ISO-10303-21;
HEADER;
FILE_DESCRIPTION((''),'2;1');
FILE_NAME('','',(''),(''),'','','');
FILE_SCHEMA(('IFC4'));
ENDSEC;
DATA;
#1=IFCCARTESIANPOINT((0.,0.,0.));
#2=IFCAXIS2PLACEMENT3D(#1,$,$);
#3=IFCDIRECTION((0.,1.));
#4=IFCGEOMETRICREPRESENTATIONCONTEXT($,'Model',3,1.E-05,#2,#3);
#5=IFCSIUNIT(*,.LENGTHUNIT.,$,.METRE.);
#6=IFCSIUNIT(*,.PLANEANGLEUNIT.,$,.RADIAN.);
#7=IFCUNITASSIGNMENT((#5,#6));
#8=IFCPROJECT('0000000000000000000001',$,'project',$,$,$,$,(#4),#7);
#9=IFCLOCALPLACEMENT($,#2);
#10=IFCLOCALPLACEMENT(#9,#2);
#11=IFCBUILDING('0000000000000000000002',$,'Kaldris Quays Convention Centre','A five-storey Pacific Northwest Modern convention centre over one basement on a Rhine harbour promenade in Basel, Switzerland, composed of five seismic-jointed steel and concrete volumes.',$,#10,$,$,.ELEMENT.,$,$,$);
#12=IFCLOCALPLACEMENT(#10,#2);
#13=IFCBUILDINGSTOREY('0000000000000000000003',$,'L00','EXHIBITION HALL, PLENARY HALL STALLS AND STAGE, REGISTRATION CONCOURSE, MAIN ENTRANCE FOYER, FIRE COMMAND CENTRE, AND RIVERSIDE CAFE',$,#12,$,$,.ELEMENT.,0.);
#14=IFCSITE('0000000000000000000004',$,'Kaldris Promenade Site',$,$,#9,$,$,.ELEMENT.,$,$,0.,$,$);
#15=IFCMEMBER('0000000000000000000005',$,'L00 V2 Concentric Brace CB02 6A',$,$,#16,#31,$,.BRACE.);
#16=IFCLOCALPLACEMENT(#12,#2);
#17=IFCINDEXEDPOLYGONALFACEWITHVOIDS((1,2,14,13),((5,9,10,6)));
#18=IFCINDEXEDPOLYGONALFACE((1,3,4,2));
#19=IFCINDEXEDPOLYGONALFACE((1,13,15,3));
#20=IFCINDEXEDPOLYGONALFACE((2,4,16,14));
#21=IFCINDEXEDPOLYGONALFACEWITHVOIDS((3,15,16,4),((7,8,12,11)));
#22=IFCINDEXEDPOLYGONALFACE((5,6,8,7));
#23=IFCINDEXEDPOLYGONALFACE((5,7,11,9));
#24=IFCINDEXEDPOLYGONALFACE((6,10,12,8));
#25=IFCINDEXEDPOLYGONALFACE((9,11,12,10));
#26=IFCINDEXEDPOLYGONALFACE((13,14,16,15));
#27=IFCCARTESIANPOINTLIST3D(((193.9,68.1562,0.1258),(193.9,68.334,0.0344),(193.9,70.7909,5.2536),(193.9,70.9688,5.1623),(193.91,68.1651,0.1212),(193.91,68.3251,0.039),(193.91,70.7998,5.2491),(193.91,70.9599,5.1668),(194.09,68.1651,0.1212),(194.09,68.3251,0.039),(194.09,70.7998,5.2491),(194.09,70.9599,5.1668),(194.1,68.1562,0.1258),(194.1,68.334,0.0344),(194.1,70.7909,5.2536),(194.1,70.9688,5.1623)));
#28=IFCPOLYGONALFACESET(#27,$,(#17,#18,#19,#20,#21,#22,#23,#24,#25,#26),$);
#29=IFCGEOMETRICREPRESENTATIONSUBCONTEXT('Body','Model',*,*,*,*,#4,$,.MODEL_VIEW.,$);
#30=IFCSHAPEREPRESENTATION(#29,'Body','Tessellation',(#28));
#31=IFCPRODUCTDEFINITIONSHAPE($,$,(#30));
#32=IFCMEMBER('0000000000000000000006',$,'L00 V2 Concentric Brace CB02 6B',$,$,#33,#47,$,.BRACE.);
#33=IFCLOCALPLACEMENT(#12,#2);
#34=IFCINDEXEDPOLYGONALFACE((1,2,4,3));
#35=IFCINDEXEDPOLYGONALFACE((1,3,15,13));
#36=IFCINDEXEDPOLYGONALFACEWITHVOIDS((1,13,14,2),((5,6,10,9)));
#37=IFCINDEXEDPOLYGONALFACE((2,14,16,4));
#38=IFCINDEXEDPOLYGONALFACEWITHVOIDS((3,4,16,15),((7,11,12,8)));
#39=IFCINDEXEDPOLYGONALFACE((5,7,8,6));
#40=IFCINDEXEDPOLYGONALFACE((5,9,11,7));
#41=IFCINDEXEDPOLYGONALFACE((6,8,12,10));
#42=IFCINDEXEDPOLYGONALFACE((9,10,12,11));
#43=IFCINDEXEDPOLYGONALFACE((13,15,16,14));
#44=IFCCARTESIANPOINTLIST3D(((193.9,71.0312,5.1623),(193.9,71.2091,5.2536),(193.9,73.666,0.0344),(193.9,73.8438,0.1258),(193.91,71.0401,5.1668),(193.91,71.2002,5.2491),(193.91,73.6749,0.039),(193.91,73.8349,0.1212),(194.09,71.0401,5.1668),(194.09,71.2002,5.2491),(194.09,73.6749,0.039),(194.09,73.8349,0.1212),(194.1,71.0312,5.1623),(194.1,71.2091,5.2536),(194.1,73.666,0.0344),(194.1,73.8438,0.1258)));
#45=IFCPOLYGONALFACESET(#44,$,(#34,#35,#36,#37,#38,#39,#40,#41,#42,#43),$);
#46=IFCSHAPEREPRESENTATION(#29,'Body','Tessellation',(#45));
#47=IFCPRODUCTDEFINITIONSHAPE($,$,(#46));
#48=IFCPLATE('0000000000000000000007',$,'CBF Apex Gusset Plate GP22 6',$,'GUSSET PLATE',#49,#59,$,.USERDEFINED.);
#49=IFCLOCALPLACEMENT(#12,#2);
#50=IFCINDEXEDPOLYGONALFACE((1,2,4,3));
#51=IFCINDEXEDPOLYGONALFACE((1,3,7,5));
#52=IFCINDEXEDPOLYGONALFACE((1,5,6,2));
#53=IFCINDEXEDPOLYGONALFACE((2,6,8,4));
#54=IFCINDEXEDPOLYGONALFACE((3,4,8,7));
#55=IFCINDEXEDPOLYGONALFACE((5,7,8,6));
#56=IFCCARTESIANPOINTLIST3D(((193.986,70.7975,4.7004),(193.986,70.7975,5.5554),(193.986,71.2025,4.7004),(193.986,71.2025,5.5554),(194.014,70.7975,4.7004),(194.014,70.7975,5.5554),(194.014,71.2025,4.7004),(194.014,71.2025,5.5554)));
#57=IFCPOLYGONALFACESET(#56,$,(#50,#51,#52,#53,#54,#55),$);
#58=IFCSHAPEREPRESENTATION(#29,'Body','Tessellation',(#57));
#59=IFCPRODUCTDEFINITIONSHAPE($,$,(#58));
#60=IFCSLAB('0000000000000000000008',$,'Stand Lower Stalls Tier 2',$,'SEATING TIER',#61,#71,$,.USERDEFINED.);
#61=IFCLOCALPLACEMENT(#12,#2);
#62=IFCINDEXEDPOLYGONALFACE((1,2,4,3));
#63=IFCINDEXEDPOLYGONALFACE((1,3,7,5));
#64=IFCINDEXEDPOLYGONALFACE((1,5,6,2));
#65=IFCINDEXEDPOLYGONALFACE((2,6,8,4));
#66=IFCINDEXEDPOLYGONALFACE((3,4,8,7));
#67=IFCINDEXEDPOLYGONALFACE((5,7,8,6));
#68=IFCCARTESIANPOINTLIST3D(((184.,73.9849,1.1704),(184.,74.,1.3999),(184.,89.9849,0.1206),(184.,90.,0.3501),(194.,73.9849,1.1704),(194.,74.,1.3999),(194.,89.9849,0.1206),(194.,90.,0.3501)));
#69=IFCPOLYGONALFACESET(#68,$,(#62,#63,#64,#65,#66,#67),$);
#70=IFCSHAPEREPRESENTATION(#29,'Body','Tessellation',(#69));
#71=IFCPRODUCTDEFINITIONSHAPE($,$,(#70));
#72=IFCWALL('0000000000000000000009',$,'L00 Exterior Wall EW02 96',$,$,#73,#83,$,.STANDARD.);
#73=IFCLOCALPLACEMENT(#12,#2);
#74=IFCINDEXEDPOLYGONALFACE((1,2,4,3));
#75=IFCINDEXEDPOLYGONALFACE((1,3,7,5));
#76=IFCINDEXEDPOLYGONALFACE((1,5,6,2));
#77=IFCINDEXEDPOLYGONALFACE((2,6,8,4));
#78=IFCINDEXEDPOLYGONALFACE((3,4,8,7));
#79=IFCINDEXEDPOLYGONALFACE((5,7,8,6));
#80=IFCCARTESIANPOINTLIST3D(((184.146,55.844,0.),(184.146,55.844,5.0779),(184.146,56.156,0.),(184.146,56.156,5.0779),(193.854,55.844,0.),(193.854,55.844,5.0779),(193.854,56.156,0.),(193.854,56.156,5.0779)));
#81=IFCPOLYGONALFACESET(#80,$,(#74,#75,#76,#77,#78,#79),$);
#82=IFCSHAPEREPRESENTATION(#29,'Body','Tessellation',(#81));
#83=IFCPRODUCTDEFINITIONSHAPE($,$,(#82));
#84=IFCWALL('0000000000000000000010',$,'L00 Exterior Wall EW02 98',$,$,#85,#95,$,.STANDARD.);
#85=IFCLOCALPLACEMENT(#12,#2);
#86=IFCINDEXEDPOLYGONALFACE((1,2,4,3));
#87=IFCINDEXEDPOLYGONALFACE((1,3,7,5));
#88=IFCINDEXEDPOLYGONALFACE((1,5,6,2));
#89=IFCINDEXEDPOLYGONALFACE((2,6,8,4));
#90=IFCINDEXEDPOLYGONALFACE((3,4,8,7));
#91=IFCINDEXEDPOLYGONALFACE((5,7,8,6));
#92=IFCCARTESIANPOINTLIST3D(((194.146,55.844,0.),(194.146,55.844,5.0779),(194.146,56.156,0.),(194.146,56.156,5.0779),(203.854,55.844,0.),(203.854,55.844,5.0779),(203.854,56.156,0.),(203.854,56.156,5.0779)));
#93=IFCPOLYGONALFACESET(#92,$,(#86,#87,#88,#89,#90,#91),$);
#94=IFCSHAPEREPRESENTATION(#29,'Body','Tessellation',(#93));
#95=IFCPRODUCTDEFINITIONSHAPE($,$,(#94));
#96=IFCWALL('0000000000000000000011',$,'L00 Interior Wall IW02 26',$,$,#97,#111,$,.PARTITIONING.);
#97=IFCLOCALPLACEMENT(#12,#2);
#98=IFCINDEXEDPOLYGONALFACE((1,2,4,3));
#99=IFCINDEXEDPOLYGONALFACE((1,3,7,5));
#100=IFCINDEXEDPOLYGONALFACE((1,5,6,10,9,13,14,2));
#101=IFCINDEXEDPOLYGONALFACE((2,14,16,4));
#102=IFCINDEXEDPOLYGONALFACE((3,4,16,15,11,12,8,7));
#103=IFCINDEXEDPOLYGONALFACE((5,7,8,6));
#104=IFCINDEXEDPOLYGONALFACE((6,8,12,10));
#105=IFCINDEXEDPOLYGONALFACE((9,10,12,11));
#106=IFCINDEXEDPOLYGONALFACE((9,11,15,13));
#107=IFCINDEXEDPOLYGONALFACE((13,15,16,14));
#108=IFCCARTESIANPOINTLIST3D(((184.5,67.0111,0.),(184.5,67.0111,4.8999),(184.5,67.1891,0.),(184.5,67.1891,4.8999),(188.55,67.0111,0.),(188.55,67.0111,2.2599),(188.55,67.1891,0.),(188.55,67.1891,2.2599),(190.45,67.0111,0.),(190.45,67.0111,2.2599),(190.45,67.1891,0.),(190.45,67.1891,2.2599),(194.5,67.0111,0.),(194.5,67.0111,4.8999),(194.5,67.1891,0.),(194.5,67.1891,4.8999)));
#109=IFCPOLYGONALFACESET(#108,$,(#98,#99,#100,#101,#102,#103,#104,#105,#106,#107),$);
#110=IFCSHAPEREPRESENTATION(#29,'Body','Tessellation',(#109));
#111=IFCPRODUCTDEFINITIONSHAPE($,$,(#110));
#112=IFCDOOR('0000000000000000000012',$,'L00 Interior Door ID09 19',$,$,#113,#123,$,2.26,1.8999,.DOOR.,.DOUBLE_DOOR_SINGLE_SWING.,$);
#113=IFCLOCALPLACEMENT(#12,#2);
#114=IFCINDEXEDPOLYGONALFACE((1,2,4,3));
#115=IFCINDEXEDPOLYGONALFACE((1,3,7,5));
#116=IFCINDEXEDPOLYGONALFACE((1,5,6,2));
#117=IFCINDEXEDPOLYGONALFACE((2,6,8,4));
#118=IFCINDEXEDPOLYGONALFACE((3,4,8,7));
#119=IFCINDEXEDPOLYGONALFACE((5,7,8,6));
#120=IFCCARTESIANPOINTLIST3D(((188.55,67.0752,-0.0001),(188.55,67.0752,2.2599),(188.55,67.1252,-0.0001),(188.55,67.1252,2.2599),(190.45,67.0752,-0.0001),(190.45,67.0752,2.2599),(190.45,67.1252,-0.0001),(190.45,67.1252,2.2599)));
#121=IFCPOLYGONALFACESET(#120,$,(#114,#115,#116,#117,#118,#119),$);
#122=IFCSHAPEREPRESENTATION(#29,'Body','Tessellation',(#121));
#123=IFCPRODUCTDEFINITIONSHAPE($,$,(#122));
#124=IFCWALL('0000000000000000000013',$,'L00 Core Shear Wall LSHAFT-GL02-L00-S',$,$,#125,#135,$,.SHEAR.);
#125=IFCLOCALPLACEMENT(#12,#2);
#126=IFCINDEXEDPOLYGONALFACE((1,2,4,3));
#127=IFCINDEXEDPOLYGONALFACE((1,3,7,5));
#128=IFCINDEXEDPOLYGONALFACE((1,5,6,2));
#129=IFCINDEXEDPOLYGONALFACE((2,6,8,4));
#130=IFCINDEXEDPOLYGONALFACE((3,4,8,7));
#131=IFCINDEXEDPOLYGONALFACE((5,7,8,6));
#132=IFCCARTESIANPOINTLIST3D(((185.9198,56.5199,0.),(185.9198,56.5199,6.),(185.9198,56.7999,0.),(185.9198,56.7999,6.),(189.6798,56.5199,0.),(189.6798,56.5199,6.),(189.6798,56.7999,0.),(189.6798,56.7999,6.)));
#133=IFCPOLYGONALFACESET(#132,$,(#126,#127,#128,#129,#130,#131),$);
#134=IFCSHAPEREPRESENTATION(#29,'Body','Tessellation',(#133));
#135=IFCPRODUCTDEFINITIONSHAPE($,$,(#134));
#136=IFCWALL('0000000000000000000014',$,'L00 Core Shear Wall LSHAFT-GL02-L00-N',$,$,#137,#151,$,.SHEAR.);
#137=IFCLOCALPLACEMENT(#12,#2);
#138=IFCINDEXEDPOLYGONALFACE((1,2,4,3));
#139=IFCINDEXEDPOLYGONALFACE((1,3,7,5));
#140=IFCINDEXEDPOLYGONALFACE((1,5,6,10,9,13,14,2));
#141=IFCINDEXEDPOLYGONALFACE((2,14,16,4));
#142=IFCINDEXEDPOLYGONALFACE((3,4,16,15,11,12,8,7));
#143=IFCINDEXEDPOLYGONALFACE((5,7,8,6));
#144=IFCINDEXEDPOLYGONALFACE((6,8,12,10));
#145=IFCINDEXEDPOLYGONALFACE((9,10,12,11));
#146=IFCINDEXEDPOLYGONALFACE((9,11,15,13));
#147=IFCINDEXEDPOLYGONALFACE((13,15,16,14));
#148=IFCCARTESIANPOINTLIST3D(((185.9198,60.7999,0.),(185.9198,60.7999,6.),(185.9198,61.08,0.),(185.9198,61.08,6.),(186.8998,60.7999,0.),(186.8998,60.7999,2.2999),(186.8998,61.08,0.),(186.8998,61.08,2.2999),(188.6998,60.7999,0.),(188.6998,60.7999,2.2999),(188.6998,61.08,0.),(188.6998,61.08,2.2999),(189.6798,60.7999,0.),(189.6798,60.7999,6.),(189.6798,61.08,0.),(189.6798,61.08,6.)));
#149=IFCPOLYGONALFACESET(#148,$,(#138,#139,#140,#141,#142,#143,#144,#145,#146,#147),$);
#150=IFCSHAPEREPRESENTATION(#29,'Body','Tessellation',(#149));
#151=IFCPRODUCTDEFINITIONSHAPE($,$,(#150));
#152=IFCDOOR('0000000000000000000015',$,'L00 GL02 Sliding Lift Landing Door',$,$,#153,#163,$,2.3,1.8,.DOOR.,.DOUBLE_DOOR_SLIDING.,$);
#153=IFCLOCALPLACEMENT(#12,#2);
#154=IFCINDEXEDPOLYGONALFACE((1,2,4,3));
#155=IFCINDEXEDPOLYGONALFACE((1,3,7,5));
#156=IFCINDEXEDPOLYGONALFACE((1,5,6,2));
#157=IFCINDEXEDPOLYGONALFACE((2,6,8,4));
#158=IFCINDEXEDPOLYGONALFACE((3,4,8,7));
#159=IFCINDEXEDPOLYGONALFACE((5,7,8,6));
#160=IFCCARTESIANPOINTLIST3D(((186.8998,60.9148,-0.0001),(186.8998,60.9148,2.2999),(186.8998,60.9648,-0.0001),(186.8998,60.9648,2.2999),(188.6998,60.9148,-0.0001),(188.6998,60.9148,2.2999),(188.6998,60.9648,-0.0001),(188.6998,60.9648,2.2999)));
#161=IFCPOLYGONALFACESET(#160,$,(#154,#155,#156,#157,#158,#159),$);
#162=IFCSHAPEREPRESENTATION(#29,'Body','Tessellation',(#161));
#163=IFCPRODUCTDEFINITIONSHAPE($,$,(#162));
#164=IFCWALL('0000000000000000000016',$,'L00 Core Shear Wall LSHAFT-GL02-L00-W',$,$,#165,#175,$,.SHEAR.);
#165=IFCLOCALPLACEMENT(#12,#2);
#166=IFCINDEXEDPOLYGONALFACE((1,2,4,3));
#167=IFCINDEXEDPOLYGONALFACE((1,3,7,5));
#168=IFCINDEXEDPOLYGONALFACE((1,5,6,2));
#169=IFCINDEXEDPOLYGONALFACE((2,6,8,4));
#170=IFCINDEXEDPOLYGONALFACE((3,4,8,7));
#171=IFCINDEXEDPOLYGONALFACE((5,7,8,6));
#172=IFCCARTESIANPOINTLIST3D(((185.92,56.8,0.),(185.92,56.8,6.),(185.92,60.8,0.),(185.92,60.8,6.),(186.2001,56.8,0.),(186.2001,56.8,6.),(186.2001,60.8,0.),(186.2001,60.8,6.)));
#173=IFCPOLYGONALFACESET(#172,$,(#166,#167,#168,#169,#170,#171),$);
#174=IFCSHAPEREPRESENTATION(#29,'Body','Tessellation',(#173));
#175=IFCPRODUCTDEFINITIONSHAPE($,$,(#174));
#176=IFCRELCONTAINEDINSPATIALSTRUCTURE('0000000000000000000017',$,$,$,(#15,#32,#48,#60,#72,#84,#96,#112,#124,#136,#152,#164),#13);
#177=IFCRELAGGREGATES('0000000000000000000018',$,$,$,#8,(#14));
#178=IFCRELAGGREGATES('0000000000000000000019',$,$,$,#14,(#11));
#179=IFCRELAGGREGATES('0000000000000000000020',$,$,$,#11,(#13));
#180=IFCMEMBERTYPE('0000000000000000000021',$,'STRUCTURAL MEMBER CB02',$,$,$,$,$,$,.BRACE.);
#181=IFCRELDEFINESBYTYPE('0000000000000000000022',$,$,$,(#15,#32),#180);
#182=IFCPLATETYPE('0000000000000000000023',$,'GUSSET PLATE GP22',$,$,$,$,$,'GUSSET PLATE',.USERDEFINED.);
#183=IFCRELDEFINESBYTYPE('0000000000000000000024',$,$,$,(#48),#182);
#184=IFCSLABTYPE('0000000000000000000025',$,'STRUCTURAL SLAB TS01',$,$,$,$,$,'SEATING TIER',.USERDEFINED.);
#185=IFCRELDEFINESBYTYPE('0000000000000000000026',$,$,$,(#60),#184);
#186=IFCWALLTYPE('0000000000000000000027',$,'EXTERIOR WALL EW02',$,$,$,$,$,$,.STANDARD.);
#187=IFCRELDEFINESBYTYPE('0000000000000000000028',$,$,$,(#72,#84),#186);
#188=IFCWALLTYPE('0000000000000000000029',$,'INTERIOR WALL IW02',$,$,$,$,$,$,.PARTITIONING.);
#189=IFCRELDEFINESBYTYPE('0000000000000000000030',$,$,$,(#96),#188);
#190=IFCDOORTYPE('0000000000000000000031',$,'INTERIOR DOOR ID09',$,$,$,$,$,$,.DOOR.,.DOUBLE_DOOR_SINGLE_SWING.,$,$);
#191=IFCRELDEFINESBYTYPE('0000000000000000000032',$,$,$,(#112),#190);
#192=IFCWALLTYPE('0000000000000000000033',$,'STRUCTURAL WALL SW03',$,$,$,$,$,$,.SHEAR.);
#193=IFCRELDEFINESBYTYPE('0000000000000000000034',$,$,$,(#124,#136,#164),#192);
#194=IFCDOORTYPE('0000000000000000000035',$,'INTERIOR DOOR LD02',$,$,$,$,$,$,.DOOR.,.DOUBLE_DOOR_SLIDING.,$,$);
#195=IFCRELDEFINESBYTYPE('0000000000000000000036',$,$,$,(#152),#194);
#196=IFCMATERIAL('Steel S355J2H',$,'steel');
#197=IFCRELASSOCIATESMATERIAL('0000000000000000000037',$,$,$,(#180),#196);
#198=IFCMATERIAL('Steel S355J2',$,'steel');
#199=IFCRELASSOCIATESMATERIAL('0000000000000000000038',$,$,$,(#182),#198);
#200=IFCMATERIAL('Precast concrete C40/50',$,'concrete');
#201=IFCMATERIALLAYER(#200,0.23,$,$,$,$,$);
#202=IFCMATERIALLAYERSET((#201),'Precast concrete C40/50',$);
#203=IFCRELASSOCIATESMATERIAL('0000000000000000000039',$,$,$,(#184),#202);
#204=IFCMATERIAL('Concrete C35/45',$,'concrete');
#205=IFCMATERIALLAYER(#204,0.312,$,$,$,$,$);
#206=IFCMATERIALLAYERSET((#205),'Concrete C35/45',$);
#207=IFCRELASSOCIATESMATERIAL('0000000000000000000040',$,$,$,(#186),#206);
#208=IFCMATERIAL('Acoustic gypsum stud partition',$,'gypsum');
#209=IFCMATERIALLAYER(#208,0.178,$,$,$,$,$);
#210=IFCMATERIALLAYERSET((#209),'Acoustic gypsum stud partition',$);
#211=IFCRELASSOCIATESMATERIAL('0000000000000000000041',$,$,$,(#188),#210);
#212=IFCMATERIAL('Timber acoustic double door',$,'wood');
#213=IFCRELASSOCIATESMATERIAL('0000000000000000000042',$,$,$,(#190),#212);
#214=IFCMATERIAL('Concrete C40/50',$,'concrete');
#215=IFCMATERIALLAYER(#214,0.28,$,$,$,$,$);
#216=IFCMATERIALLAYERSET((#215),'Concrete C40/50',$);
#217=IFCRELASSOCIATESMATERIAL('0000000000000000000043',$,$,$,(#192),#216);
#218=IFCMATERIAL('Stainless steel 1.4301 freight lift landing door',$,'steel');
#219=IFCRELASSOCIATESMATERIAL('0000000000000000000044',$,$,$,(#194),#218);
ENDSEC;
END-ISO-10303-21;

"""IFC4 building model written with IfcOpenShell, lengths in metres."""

from ifc_helpers import new_model, si_unit, direction, frame, frame_2d, origin, origin_2d, place, context, subcontext, project, spatial, polyline, rectangle, hollow_rectangle, outline, extrude, material, layer, layer_set, material_profile, profile_set, type_object, element, fill, save


model = new_model("IFC4")

# Units and contexts
model_context = context("Model", 3, precision=1e-05, world=origin(), true_north=direction((0.0, 1.0)))
body_context = subcontext(model_context, "Body", "Model", "MODEL_VIEW")
ifc_project = project(units=[si_unit("LENGTHUNIT", "METRE"), si_unit("PLANEANGLEUNIT", "RADIAN")], contexts=[model_context])

# Site, building, storey
site_placement = place(None, origin())
site = spatial("IfcSite", under=ifc_project, at=site_placement, Name="Kaldris Promenade Site", CompositionType="ELEMENT", RefElevation=0.0)
building_placement = place(site_placement, origin())
building = spatial("IfcBuilding", under=site, at=building_placement, Name="Kaldris Quays Convention Centre", Description="A five-storey Pacific Northwest Modern convention centre over one basement on a Rhine harbour promenade in Basel, Switzerland, composed of five seismic-jointed steel and concrete volumes.", CompositionType="ELEMENT")
storey_placement = place(building_placement, origin())
storey = spatial("IfcBuildingStorey", under=building, at=storey_placement, Name="L00", Description="EXHIBITION HALL, PLENARY HALL STALLS AND STAGE, REGISTRATION CONCOURSE, MAIN ENTRANCE FOYER, FIRE COMMAND CENTRE, AND RIVERSIDE CAFE", CompositionType="ELEMENT", Elevation=0.0)

# Shared definitions
ifc_material_1 = material(Name="Steel S355J2", Category="steel")

# Members
ifc_material_2 = material(Name="Steel S355J2H", Category="steel")
ifc_material_profile_1 = material_profile(ifc_material_2, hollow_rectangle(XDim=0.2, YDim=0.2, WallThickness=0.01, at=origin_2d()), Name="SHS 200x200x10")
ifc_profile_set_1 = profile_set([ifc_material_profile_1], Name="Steel S355J2H")
member_type = type_object("IfcMemberType", Name="STRUCTURAL MEMBER CB02", PredefinedType="BRACE", material=ifc_profile_set_1)
for number, where, z_axis, x_axis, name in (
    (1, (194.0, 68.2451, 0.0801), (0.0, 0.457011, 0.889461), (-1.0, 0.0, 0.0), "L00 V2 Concentric Brace CB02 6A"),
    (2, (194.0, 73.7549, 0.0801), (0.0, -0.457011, 0.889461), (1.0, 0.0, 0.0), "L00 V2 Concentric Brace CB02 6B"),
):
    element("IfcMember", number, at=place(storey_placement, frame(where, z_axis=z_axis, x_axis=x_axis)), inside=storey, type_object=member_type, Name=name, PredefinedType="BRACE", context=body_context, shape_type="SweptSolid", body=[
        extrude(hollow_rectangle(XDim=0.2, YDim=0.2, WallThickness=0.01, at=origin_2d()), origin(), (0.0, 0.0, 1.0), 5.7651),
    ])

# Plate
plate_type = type_object("IfcPlateType", Name="GUSSET PLATE GP22", ElementType="GUSSET PLATE", PredefinedType="USERDEFINED", material=ifc_material_1)
plate_placement = place(storey_placement, frame((194.0, 71.0, 4.7004), z_axis=(0.0, 0.0, 1.0), x_axis=(1.0, 0.0, 0.0)))
element("IfcPlate", 3, at=plate_placement, inside=storey, type_object=plate_type, Name="CBF Apex Gusset Plate GP22 6", ObjectType="GUSSET PLATE", PredefinedType="USERDEFINED", context=body_context, shape_type="SweptSolid", body=[
    extrude(rectangle(XDim=0.0281, YDim=0.405, at=origin_2d()), origin(), (0.0, 0.0, 1.0), 0.855),
])

# Slab
ifc_material_3 = material(Name="Precast concrete C40/50", Category="concrete")
ifc_layer_1 = layer(ifc_material_3, 0.23)
ifc_layer_set_1 = layer_set([ifc_layer_1], Name="Precast concrete C40/50")
slab_type = type_object("IfcSlabType", Name="STRUCTURAL SLAB TS01", ElementType="SEATING TIER", PredefinedType="USERDEFINED", material=ifc_layer_set_1)
slab_placement = place(storey_placement, frame((184.0, 74.0, 1.3999), z_axis=(0.0, 0.065472, 0.997854), x_axis=(1.0, 0.0, 0.0)))
element("IfcSlab", 4, at=slab_placement, inside=storey, type_object=slab_type, Name="Stand Lower Stalls Tier 2", ObjectType="SEATING TIER", PredefinedType="USERDEFINED", context=body_context, shape_type="SweptSolid", body=[
    extrude(outline(polyline([(0.0, 0.0), (10.0, 0.0), (10.0, 16.0344), (0.0, 16.0344), (0.0, 0.0)])), origin(), (0.0, 0.0, -1.0), 0.23),
])

# Walls
ifc_material_4 = material(Name="Concrete C35/45", Category="concrete")
ifc_layer_2 = layer(ifc_material_4, 0.312)
ifc_layer_set_2 = layer_set([ifc_layer_2], Name="Concrete C35/45")
wall_type_1 = type_object("IfcWallType", Name="EXTERIOR WALL EW02", PredefinedType="STANDARD", material=ifc_layer_set_2)
for number, where, z_axis, x_axis, name in (
    (5, (184.146, 56.0, 0.0), (0.0, 0.0, 1.0), (1.0, 0.0, 0.0), "L00 Exterior Wall EW02 96"),
    (6, (194.146, 56.0, 0.0), (0.0, 0.0, 1.0), (1.0, 0.0, 0.0), "L00 Exterior Wall EW02 98"),
):
    element("IfcWall", number, at=place(storey_placement, frame(where, z_axis=z_axis, x_axis=x_axis)), inside=storey, type_object=wall_type_1, Name=name, PredefinedType="STANDARD", context=body_context, shape_type="SweptSolid", body=[
        extrude(rectangle(XDim=9.708, YDim=0.312, at=frame_2d((4.854, 0.0))), origin(), (0.0, 0.0, 1.0), 5.0779),
    ])

# Wall, opening, door
ifc_material_5 = material(Name="Acoustic gypsum stud partition", Category="gypsum")
ifc_layer_3 = layer(ifc_material_5, 0.178)
ifc_layer_set_3 = layer_set([ifc_layer_3], Name="Acoustic gypsum stud partition")
wall_type_2 = type_object("IfcWallType", Name="INTERIOR WALL IW02", PredefinedType="PARTITIONING", material=ifc_layer_set_3)
wall_1_placement = place(storey_placement, frame((184.5, 67.1001, 0.0), z_axis=(0.0, 0.0, 1.0), x_axis=(1.0, 0.0, 0.0)))
wall_1 = element("IfcWall", 7, at=wall_1_placement, inside=storey, type_object=wall_type_2, Name="L00 Interior Wall IW02 26", PredefinedType="PARTITIONING", context=body_context, shape_type="SweptSolid", body=[
    extrude(rectangle(XDim=10.0, YDim=0.178, at=frame_2d((5.0, 0.0))), origin(), (0.0, 0.0, 1.0), 4.8999),
])
opening_1_placement = place(wall_1_placement, frame((4.05, 0.0, 0.0)))
opening_1 = element("IfcOpeningElement", 8, at=opening_1_placement, cuts=wall_1, PredefinedType="OPENING", context=body_context, shape_type="SweptSolid", body=[
    extrude(rectangle(XDim=1.8999, YDim=2.26, at=frame_2d((0.95, 1.1299))), frame((0.0, 0.0991, 0.0), z_axis=(0.0, -1.0, 0.0), x_axis=(1.0, 0.0, 0.0)), (0.0, 0.0, 1.0), 0.198),
])
ifc_material_6 = material(Name="Timber acoustic double door", Category="wood")
door_type_1 = type_object("IfcDoorType", Name="INTERIOR DOOR ID09", OperationType="DOUBLE_DOOR_SINGLE_SWING", PredefinedType="DOOR", material=ifc_material_6)
door_1_placement = place(opening_1_placement, frame((1.8999, 0.0, 0.0), z_axis=(0.0, 0.0, 1.0), x_axis=(-1.0, 0.0, 0.0)))
door_1 = element("IfcDoor", 9, at=door_1_placement, inside=storey, type_object=door_type_1, Name="L00 Interior Door ID09 19", OperationType="DOUBLE_DOOR_SINGLE_SWING", OverallHeight=2.26, OverallWidth=1.8999, PredefinedType="DOOR", context=body_context, shape_type="SweptSolid", body=[
    extrude(rectangle(XDim=1.8999, YDim=2.26, at=frame_2d((0.95, 1.1299))), frame((0.0, 0.0249, 0.0), z_axis=(0.0, -1.0, 0.0), x_axis=(1.0, 0.0, 0.0)), (0.0, 0.0, 1.0), 0.05),
])
fill(opening_1, door_1)

# Wall
ifc_material_7 = material(Name="Concrete C40/50", Category="concrete")
ifc_layer_4 = layer(ifc_material_7, 0.28)
ifc_layer_set_4 = layer_set([ifc_layer_4], Name="Concrete C40/50")
wall_type_3 = type_object("IfcWallType", Name="STRUCTURAL WALL SW03", PredefinedType="SHEAR", material=ifc_layer_set_4)
wall_2_placement = place(storey_placement, frame((185.9199, 56.6599, 0.0), z_axis=(0.0, 0.0, 1.0), x_axis=(1.0, 0.0, 0.0)))
element("IfcWall", 10, at=wall_2_placement, inside=storey, type_object=wall_type_3, Name="L00 Core Shear Wall LSHAFT-GL02-L00-S", PredefinedType="SHEAR", context=body_context, shape_type="SweptSolid", body=[
    extrude(rectangle(XDim=3.76, YDim=0.28, at=frame_2d((1.8799, 0.0))), origin(), (0.0, 0.0, 1.0), 6.0),
])

# Wall, opening, door
wall_3_placement = place(storey_placement, frame((185.9199, 60.9399, 0.0), z_axis=(0.0, 0.0, 1.0), x_axis=(1.0, 0.0, 0.0)))
wall_3 = element("IfcWall", 11, at=wall_3_placement, inside=storey, type_object=wall_type_3, Name="L00 Core Shear Wall LSHAFT-GL02-L00-N", PredefinedType="SHEAR", context=body_context, shape_type="SweptSolid", body=[
    extrude(rectangle(XDim=3.76, YDim=0.28, at=frame_2d((1.8799, 0.0))), origin(), (0.0, 0.0, 1.0), 6.0),
])
opening_2_placement = place(wall_3_placement, frame((0.98, 0.0, 0.0)))
opening_2 = element("IfcOpeningElement", 12, at=opening_2_placement, cuts=wall_3, PredefinedType="OPENING", context=body_context, shape_type="SweptSolid", body=[
    extrude(rectangle(XDim=1.8, YDim=2.3, at=frame_2d((0.8999, 1.1499))), frame((0.0, 0.1499, 0.0), z_axis=(0.0, -1.0, 0.0), x_axis=(1.0, 0.0, 0.0)), (0.0, 0.0, 1.0), 0.3),
])
ifc_material_8 = material(Name="Stainless steel 1.4301 freight lift landing door", Category="steel")
door_type_2 = type_object("IfcDoorType", Name="INTERIOR DOOR LD02", OperationType="DOUBLE_DOOR_SLIDING", PredefinedType="DOOR", material=ifc_material_8)
door_2_placement = place(opening_2_placement, origin())
door_2 = element("IfcDoor", 13, at=door_2_placement, inside=storey, type_object=door_type_2, Name="L00 GL02 Sliding Lift Landing Door", OperationType="DOUBLE_DOOR_SLIDING", OverallHeight=2.3, OverallWidth=1.8, PredefinedType="DOOR", context=body_context, shape_type="SweptSolid", body=[
    extrude(rectangle(XDim=1.8, YDim=2.3, at=frame_2d((0.8999, 1.1499))), frame((0.0, 0.0249, 0.0), z_axis=(0.0, -1.0, 0.0), x_axis=(1.0, 0.0, 0.0)), (0.0, 0.0, 1.0), 0.05),
])
fill(opening_2, door_2)

# Wall
for number, where, z_axis, x_axis, name in (
    (14, (186.0601, 56.8, 0.0), (0.0, 0.0, 1.0), (0.0, 1.0, 0.0), "L00 Core Shear Wall LSHAFT-GL02-L00-W"),
):
    element("IfcWall", number, at=place(storey_placement, frame(where, z_axis=z_axis, x_axis=x_axis)), inside=storey, type_object=wall_type_3, Name=name, PredefinedType="SHEAR", context=body_context, shape_type="SweptSolid", body=[
        extrude(rectangle(XDim=4.0, YDim=0.28, at=frame_2d((2.0, 0.0))), origin(), (0.0, 0.0, 1.0), 6.0),
    ])

save(model, "model.ifc")
